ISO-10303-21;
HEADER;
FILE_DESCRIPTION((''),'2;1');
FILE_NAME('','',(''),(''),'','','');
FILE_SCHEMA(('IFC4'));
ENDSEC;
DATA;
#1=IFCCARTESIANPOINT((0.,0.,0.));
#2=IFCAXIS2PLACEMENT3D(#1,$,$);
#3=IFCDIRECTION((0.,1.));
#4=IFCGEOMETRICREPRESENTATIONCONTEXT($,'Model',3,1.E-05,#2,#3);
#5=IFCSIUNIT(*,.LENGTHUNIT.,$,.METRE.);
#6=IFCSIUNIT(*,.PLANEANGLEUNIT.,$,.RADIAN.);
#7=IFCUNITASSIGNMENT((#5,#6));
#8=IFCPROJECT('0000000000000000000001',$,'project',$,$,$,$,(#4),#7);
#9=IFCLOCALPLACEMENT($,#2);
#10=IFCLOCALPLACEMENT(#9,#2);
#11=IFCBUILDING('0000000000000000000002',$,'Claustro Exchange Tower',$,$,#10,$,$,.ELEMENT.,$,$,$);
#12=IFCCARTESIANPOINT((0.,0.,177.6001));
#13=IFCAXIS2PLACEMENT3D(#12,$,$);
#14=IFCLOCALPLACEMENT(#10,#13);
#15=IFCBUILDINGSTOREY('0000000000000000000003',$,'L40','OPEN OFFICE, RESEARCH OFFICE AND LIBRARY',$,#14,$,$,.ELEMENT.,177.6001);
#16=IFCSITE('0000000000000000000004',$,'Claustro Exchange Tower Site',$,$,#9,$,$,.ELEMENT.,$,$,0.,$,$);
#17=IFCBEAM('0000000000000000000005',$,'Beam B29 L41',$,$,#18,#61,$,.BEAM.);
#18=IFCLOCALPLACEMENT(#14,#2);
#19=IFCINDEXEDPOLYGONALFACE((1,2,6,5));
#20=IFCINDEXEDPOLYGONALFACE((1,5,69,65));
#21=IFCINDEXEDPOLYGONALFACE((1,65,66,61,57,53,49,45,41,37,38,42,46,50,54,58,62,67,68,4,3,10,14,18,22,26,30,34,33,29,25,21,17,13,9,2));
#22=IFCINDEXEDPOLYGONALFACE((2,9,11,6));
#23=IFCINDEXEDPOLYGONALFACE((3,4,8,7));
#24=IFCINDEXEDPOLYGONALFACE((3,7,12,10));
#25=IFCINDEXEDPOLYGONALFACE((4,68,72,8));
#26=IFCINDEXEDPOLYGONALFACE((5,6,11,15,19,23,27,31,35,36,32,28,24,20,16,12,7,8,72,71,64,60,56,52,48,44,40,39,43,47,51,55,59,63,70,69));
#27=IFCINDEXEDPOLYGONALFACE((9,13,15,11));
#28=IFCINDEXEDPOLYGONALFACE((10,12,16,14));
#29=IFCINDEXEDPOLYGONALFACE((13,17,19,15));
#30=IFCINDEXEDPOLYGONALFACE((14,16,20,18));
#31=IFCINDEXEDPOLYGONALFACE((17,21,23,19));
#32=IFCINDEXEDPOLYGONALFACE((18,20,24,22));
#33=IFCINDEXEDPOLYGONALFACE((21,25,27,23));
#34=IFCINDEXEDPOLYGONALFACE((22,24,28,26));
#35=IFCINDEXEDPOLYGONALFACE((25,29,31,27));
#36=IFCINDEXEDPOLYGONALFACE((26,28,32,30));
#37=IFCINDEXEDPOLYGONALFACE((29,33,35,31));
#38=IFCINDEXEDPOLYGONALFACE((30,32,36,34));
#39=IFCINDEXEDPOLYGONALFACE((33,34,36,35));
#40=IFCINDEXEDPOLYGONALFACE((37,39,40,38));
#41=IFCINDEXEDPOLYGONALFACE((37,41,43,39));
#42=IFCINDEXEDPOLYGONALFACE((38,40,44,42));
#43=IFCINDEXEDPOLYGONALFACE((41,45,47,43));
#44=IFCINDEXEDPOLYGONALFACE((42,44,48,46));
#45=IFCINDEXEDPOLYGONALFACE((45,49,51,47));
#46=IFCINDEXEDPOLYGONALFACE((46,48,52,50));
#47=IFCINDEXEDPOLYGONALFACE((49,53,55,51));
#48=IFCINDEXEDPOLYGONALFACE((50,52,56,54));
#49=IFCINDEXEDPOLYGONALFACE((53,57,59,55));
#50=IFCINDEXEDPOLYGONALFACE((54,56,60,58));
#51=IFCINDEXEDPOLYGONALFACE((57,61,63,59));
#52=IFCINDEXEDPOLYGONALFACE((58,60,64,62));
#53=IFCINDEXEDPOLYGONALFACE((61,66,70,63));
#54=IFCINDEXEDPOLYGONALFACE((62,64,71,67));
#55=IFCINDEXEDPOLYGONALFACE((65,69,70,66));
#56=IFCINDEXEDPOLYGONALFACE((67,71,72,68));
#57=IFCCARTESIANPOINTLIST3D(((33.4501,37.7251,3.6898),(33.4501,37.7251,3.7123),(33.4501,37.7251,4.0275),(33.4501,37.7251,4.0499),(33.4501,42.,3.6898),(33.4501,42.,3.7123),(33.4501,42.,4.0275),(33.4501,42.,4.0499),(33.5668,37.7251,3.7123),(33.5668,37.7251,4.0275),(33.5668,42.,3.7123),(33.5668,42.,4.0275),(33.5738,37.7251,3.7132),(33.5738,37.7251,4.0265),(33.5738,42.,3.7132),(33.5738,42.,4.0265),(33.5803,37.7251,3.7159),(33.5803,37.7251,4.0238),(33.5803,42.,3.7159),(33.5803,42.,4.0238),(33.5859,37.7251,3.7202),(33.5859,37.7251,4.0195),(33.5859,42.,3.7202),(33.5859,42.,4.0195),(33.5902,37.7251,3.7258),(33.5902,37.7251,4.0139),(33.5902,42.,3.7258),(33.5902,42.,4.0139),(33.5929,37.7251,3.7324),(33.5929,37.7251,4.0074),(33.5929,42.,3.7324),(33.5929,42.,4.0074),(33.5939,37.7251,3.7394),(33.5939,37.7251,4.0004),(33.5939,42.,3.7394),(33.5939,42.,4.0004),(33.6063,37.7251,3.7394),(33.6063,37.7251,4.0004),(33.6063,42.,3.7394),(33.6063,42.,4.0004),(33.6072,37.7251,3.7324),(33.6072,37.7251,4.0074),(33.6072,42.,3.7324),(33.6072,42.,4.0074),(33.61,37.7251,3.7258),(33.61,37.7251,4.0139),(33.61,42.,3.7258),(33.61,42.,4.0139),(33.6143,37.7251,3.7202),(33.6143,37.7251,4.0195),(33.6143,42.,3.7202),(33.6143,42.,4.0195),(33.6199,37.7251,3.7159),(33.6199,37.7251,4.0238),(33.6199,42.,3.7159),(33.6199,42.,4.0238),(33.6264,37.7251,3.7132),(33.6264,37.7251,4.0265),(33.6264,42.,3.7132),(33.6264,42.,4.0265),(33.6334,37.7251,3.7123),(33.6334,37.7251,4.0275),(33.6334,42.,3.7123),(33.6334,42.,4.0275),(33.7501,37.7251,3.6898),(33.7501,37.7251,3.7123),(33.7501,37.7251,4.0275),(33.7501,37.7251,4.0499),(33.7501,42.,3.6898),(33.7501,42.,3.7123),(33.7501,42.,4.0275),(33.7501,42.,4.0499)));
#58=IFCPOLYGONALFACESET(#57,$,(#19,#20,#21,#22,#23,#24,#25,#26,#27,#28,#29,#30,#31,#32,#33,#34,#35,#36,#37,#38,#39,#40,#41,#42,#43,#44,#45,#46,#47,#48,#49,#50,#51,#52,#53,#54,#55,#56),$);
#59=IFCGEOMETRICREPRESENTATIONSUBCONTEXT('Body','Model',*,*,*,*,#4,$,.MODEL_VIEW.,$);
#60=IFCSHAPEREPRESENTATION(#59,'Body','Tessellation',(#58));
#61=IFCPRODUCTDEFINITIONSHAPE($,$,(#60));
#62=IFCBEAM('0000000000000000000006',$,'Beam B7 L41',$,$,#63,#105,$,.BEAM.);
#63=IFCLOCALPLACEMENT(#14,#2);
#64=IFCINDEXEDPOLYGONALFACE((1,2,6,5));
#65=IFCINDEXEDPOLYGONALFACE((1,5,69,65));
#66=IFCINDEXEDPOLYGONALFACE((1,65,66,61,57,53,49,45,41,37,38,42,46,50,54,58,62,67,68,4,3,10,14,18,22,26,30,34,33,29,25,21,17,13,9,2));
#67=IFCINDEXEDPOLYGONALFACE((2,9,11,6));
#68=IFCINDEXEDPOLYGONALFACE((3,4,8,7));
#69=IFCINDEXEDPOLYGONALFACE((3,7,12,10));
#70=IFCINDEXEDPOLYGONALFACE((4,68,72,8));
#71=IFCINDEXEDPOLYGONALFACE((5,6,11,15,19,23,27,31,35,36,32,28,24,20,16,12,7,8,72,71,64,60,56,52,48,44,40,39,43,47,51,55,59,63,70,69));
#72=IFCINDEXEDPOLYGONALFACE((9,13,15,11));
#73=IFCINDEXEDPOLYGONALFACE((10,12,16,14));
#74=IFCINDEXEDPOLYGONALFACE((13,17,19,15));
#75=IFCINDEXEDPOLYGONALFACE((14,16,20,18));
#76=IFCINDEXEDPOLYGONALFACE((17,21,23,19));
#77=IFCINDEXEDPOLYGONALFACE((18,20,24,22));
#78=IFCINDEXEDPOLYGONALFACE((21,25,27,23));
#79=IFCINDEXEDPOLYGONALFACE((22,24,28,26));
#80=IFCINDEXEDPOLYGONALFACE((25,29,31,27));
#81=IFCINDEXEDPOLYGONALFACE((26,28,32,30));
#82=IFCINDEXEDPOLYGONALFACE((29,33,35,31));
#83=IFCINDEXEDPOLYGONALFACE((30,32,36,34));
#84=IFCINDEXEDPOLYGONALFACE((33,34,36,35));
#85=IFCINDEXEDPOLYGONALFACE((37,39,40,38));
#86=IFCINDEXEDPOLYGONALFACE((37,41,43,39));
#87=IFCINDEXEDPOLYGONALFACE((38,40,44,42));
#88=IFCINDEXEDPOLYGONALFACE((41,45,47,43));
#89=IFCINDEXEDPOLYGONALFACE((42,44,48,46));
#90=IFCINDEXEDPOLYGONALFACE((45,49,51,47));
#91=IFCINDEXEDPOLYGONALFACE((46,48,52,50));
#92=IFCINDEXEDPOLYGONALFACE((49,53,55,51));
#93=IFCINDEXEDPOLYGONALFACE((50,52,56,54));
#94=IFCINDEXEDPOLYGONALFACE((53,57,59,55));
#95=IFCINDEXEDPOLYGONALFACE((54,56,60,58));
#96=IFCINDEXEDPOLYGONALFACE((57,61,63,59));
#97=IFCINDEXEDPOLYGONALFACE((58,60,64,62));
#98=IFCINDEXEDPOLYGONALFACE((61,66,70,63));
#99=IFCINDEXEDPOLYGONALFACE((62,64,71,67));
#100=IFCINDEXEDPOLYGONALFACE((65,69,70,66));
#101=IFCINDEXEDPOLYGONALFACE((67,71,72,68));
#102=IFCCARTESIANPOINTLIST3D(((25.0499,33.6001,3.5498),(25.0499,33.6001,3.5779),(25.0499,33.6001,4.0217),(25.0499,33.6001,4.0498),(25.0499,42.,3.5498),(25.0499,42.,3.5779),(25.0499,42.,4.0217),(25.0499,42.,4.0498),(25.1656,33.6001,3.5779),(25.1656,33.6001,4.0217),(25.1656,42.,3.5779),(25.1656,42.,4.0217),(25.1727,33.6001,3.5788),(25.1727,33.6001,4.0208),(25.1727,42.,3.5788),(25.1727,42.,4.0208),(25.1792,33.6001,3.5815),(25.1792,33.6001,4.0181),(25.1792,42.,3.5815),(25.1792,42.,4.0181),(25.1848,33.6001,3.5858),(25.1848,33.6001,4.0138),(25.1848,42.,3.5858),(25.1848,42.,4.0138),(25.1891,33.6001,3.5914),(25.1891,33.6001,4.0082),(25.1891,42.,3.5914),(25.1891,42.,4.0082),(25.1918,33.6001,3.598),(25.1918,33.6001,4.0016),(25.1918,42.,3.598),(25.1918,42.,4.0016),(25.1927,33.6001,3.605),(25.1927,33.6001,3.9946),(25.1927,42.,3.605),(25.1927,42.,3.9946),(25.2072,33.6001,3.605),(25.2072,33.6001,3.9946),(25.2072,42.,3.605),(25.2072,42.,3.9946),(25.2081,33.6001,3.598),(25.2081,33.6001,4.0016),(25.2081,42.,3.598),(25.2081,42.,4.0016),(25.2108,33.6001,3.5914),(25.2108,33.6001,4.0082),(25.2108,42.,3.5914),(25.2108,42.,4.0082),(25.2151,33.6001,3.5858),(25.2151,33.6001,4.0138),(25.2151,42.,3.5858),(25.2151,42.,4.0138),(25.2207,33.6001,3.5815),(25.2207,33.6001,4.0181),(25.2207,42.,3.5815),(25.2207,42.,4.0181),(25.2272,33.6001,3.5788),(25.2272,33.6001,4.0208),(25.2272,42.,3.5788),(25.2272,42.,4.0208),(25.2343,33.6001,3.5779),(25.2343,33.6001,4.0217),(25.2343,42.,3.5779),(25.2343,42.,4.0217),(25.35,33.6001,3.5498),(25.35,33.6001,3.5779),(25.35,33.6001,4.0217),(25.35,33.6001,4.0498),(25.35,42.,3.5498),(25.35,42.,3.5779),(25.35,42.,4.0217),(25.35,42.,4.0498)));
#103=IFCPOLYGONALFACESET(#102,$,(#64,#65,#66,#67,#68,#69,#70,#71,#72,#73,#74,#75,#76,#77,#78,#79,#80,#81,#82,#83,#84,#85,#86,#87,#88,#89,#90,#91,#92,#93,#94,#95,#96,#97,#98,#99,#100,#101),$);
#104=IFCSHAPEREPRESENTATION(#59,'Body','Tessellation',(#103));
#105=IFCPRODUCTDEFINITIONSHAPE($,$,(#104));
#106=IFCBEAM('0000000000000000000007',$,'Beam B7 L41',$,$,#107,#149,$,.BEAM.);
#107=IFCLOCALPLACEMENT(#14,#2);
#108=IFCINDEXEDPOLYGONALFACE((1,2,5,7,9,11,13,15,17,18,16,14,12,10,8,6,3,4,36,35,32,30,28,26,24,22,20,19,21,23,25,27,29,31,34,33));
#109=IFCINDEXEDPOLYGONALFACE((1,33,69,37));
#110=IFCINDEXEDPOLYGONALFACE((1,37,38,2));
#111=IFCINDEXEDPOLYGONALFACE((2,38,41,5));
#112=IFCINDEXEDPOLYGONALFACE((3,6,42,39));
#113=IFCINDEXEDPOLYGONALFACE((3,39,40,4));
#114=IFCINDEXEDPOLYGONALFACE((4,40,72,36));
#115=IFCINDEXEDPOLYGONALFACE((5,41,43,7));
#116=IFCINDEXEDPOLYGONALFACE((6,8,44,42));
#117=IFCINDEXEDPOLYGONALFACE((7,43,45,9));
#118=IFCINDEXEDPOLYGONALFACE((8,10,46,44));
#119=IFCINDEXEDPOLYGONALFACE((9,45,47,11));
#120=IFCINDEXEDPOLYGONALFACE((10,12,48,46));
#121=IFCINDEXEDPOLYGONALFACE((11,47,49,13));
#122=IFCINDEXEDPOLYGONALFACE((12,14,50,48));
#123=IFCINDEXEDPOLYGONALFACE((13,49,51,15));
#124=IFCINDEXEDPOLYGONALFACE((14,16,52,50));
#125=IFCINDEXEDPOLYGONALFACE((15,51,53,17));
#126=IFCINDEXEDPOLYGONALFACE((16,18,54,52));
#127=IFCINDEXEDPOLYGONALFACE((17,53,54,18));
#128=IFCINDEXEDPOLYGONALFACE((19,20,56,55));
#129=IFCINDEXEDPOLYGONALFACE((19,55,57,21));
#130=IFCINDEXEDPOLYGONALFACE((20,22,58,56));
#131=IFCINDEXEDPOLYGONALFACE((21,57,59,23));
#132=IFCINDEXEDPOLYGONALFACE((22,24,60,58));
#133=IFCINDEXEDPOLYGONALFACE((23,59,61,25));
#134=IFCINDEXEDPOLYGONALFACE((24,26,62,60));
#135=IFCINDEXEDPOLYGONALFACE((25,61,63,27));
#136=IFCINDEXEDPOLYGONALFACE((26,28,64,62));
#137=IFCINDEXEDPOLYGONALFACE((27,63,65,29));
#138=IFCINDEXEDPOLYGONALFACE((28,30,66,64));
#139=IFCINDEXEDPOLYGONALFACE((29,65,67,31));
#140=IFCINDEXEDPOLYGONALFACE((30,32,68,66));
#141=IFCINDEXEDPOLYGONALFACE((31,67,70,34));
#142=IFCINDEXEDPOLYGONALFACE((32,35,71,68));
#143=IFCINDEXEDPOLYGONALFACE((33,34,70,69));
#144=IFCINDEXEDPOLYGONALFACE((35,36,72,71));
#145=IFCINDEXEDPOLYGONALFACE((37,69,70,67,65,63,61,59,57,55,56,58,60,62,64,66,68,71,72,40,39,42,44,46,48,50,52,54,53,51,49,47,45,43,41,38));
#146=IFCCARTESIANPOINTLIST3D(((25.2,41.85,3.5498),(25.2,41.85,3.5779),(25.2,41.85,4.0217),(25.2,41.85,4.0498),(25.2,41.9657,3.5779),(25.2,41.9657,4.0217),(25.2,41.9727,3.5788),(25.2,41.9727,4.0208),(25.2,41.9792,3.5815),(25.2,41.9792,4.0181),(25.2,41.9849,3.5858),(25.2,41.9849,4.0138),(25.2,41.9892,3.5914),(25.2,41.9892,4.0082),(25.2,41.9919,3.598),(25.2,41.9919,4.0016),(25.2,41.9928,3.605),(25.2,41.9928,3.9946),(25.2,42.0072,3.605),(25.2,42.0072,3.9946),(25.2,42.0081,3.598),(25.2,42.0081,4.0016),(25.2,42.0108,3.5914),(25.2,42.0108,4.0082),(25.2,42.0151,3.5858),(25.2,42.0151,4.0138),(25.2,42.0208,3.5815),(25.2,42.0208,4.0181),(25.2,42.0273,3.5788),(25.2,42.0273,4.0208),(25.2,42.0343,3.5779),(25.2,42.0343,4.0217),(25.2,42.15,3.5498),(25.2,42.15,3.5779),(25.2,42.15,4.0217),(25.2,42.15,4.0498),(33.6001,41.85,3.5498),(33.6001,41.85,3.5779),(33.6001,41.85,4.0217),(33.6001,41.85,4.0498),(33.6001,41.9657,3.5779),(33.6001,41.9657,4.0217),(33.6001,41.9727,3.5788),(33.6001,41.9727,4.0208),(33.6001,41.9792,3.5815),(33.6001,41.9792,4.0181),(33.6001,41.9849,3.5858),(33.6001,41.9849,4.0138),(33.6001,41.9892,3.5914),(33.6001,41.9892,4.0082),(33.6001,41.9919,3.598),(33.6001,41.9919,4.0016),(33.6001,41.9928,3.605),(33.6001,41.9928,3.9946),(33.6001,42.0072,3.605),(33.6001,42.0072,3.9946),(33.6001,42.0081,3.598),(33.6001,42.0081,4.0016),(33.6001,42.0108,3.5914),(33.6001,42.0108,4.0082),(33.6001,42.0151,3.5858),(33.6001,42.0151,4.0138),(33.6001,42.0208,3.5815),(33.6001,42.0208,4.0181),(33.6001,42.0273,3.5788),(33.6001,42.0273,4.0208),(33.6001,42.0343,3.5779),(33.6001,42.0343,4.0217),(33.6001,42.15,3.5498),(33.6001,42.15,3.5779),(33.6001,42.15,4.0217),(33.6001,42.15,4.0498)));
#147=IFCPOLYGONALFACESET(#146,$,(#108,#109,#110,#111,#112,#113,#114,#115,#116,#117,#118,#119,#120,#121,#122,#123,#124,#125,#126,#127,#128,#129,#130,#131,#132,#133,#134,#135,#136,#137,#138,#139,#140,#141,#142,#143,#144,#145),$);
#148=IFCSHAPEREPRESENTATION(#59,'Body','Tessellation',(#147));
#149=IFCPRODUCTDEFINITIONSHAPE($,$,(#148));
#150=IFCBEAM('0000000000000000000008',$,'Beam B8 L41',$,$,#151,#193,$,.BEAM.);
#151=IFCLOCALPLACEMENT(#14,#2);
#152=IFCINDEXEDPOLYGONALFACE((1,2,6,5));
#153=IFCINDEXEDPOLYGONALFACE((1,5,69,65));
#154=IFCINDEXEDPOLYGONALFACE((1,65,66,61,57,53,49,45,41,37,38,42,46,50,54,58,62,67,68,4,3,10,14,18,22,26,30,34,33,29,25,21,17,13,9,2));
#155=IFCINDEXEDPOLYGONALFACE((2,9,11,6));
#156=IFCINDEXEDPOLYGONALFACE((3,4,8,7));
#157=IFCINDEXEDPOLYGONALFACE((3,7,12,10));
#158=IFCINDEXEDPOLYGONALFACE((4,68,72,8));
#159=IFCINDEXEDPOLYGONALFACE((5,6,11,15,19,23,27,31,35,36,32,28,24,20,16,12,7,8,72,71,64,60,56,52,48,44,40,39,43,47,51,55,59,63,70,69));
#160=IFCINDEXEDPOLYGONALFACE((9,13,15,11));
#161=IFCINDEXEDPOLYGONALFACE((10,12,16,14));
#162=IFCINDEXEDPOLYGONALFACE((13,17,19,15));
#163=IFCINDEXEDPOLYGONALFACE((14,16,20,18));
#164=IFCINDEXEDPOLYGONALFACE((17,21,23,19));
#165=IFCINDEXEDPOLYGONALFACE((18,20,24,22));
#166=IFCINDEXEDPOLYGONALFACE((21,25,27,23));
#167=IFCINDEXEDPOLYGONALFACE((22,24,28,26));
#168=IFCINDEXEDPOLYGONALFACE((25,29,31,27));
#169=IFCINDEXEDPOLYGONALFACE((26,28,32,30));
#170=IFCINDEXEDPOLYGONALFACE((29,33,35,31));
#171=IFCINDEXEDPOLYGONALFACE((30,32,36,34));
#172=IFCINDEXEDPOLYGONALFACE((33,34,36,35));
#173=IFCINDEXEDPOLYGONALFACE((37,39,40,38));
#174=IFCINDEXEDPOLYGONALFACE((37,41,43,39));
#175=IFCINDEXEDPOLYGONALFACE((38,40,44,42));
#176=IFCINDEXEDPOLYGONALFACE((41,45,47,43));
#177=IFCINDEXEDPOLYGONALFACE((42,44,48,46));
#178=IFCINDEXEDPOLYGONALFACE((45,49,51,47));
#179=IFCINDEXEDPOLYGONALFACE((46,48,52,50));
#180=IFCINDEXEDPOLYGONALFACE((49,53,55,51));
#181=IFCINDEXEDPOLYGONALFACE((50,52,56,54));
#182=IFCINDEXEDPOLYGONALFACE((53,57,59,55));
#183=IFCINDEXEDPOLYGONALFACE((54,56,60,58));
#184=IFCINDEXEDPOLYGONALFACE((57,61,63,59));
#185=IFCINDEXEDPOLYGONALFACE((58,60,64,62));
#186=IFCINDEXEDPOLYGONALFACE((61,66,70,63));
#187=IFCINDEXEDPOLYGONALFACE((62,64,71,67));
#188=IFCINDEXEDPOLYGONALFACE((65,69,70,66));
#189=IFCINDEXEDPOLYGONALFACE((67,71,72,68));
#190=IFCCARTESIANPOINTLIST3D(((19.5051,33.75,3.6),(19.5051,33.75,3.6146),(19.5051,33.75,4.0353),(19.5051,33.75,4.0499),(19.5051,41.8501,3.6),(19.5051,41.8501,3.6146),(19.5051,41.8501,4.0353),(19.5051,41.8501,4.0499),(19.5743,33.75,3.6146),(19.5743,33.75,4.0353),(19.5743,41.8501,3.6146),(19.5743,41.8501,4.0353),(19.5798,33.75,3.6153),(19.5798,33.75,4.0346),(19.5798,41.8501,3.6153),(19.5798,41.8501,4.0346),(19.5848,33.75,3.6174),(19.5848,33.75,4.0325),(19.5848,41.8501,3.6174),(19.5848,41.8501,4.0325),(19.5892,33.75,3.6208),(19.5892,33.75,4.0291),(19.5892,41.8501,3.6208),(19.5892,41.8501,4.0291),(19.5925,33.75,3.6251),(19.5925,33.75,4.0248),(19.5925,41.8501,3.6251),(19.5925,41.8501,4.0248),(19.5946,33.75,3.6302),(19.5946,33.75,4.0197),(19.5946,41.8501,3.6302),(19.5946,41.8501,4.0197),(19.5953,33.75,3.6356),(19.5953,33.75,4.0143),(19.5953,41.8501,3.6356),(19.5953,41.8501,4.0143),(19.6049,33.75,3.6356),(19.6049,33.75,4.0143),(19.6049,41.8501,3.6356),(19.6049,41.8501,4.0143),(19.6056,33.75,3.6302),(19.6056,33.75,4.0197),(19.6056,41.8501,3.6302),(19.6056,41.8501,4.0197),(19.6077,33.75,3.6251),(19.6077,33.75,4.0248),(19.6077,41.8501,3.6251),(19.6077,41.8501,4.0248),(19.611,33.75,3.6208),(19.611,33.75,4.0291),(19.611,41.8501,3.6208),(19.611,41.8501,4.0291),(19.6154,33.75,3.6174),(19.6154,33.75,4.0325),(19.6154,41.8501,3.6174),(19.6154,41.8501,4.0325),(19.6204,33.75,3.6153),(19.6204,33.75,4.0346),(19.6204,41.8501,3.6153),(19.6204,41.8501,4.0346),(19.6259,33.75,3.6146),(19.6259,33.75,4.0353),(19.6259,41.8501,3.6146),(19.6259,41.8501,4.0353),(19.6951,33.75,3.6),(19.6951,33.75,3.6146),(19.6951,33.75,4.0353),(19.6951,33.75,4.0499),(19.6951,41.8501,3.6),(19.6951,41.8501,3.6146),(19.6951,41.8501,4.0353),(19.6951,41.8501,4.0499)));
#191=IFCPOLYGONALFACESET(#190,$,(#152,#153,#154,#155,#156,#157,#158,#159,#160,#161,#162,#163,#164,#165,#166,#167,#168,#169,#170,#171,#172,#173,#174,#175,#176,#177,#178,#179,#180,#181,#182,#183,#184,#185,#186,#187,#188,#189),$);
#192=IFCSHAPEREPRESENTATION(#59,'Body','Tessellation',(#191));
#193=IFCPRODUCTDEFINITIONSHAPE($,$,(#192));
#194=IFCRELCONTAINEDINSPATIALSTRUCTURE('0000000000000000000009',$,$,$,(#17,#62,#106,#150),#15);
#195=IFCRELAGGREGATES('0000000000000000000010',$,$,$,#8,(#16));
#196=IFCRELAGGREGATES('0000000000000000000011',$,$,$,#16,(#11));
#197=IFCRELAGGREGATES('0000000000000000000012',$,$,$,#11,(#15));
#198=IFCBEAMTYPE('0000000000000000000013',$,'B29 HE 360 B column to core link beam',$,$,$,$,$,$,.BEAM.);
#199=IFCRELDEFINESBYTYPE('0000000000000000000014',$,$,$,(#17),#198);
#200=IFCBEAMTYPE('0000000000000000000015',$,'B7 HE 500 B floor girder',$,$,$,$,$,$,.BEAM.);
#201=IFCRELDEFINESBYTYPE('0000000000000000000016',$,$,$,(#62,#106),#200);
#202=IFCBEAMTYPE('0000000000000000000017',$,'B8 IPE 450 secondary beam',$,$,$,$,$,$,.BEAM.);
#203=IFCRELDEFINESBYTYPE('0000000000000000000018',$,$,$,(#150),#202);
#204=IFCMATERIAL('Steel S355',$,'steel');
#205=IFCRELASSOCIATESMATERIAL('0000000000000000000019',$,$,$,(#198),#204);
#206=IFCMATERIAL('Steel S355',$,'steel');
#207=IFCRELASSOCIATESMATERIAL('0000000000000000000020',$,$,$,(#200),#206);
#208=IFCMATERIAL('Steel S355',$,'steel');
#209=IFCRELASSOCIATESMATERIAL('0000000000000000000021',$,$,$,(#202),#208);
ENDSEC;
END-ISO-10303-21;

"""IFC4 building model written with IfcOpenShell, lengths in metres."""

from ifc_helpers import new_model, si_unit, direction, frame, origin, origin_2d, place, context, subcontext, project, spatial, i_section, extrude, material, material_profile, profile_set, type_object, element, save


model = new_model("IFC4")

# Units and contexts
model_context = context("Model", 3, precision=1e-05, world=origin(), true_north=direction((0.0, 1.0)))
body_context = subcontext(model_context, "Body", "Model", "MODEL_VIEW")
ifc_project = project(units=[si_unit("LENGTHUNIT", "METRE"), si_unit("PLANEANGLEUNIT", "RADIAN")], contexts=[model_context])

# Site, building, storey
site_placement = place(None, origin())
site = spatial("IfcSite", under=ifc_project, at=site_placement, Name="Claustro Exchange Tower Site", CompositionType="ELEMENT", RefElevation=0.0)
building_placement = place(site_placement, origin())
building = spatial("IfcBuilding", under=site, at=building_placement, Name="Claustro Exchange Tower", CompositionType="ELEMENT")
storey_placement = place(building_placement, frame((0.0, 0.0, 177.6001)))
storey = spatial("IfcBuildingStorey", under=building, at=storey_placement, Name="L40", Description="OPEN OFFICE, RESEARCH OFFICE AND LIBRARY", CompositionType="ELEMENT", Elevation=177.6001)

# Beams
ifc_material_1 = material(Name="Steel S355", Category="steel")
ifc_material_profile_1 = material_profile(ifc_material_1, i_section(OverallWidth=0.3, OverallDepth=0.3601, WebThickness=0.0125, FlangeThickness=0.0225, FilletRadius=0.0271, at=origin_2d()), Name="HE 360 B")
ifc_profile_set_1 = profile_set([ifc_material_profile_1], Name="Steel S355")
beam_type_1 = type_object("IfcBeamType", Name="B29 HE 360 B column to core link beam", PredefinedType="BEAM", material=ifc_profile_set_1)
beam_1_placement = place(storey_placement, frame((33.6001, 37.7251, 3.8699), z_axis=(0.0, 1.0, 0.0), x_axis=(-1.0, 0.0, 0.0)))
element("IfcBeam", 1, at=beam_1_placement, inside=storey, type_object=beam_type_1, Name="Beam B29 L41", PredefinedType="BEAM", context=body_context, shape_type="SweptSolid", body=[
    extrude(i_section(OverallWidth=0.3, OverallDepth=0.3601, WebThickness=0.0125, FlangeThickness=0.0225, FilletRadius=0.0271, at=origin_2d()), origin(), (0.0, 0.0, 1.0), 4.2749),
])
ifc_material_2 = material(Name="Steel S355", Category="steel")
ifc_material_profile_2 = material_profile(ifc_material_2, i_section(OverallWidth=0.3, OverallDepth=0.5, WebThickness=0.0144, FlangeThickness=0.0281, FilletRadius=0.0271, at=origin_2d()), Name="HE 500 B")
ifc_profile_set_2 = profile_set([ifc_material_profile_2], Name="Steel S355")
beam_type_2 = type_object("IfcBeamType", Name="B7 HE 500 B floor girder", PredefinedType="BEAM", material=ifc_profile_set_2)
beam_2_placement = place(storey_placement, frame((25.2, 33.6001, 3.7998), z_axis=(0.0, 1.0, 0.0), x_axis=(-1.0, 0.0, 0.0)))
element("IfcBeam", 2, at=beam_2_placement, inside=storey, type_object=beam_type_2, Name="Beam B7 L41", PredefinedType="BEAM", context=body_context, shape_type="SweptSolid", body=[
    extrude(i_section(OverallWidth=0.3, OverallDepth=0.5, WebThickness=0.0144, FlangeThickness=0.0281, FilletRadius=0.0271, at=origin_2d()), origin(), (0.0, 0.0, 1.0), 8.3999),
])
beam_3_placement = place(storey_placement, frame((25.2, 42.0, 3.7998), z_axis=(1.0, 0.0, 0.0), x_axis=(0.0, 1.0, 0.0)))
element("IfcBeam", 3, at=beam_3_placement, inside=storey, type_object=beam_type_2, Name="Beam B7 L41", PredefinedType="BEAM", context=body_context, shape_type="SweptSolid", body=[
    extrude(i_section(OverallWidth=0.3, OverallDepth=0.5, WebThickness=0.0144, FlangeThickness=0.0281, FilletRadius=0.0271, at=origin_2d()), origin(), (0.0, 0.0, 1.0), 8.4001),
])
ifc_material_3 = material(Name="Steel S355", Category="steel")
ifc_material_profile_3 = material_profile(ifc_material_3, i_section(OverallWidth=0.1899, OverallDepth=0.45, WebThickness=0.0095, FlangeThickness=0.0146, FilletRadius=0.021, at=origin_2d()), Name="IPE 450")
ifc_profile_set_3 = profile_set([ifc_material_profile_3], Name="Steel S355")
beam_type_3 = type_object("IfcBeamType", Name="B8 IPE 450 secondary beam", PredefinedType="BEAM", material=ifc_profile_set_3)
for number, where, z_axis, x_axis, name in (
    (4, (19.6001, 33.75, 3.825), (0.0, 1.0, 0.0), (-1.0, 0.0, 0.0), "Beam B8 L41"),
):
    element("IfcBeam", number, at=place(storey_placement, frame(where, z_axis=z_axis, x_axis=x_axis)), inside=storey, type_object=beam_type_3, Name=name, PredefinedType="BEAM", context=body_context, shape_type="SweptSolid", body=[
        extrude(i_section(OverallWidth=0.1899, OverallDepth=0.45, WebThickness=0.0095, FlangeThickness=0.0146, FilletRadius=0.021, at=origin_2d()), origin(), (0.0, 0.0, 1.0), 8.1001),
    ])

save(model, "model.ifc")
